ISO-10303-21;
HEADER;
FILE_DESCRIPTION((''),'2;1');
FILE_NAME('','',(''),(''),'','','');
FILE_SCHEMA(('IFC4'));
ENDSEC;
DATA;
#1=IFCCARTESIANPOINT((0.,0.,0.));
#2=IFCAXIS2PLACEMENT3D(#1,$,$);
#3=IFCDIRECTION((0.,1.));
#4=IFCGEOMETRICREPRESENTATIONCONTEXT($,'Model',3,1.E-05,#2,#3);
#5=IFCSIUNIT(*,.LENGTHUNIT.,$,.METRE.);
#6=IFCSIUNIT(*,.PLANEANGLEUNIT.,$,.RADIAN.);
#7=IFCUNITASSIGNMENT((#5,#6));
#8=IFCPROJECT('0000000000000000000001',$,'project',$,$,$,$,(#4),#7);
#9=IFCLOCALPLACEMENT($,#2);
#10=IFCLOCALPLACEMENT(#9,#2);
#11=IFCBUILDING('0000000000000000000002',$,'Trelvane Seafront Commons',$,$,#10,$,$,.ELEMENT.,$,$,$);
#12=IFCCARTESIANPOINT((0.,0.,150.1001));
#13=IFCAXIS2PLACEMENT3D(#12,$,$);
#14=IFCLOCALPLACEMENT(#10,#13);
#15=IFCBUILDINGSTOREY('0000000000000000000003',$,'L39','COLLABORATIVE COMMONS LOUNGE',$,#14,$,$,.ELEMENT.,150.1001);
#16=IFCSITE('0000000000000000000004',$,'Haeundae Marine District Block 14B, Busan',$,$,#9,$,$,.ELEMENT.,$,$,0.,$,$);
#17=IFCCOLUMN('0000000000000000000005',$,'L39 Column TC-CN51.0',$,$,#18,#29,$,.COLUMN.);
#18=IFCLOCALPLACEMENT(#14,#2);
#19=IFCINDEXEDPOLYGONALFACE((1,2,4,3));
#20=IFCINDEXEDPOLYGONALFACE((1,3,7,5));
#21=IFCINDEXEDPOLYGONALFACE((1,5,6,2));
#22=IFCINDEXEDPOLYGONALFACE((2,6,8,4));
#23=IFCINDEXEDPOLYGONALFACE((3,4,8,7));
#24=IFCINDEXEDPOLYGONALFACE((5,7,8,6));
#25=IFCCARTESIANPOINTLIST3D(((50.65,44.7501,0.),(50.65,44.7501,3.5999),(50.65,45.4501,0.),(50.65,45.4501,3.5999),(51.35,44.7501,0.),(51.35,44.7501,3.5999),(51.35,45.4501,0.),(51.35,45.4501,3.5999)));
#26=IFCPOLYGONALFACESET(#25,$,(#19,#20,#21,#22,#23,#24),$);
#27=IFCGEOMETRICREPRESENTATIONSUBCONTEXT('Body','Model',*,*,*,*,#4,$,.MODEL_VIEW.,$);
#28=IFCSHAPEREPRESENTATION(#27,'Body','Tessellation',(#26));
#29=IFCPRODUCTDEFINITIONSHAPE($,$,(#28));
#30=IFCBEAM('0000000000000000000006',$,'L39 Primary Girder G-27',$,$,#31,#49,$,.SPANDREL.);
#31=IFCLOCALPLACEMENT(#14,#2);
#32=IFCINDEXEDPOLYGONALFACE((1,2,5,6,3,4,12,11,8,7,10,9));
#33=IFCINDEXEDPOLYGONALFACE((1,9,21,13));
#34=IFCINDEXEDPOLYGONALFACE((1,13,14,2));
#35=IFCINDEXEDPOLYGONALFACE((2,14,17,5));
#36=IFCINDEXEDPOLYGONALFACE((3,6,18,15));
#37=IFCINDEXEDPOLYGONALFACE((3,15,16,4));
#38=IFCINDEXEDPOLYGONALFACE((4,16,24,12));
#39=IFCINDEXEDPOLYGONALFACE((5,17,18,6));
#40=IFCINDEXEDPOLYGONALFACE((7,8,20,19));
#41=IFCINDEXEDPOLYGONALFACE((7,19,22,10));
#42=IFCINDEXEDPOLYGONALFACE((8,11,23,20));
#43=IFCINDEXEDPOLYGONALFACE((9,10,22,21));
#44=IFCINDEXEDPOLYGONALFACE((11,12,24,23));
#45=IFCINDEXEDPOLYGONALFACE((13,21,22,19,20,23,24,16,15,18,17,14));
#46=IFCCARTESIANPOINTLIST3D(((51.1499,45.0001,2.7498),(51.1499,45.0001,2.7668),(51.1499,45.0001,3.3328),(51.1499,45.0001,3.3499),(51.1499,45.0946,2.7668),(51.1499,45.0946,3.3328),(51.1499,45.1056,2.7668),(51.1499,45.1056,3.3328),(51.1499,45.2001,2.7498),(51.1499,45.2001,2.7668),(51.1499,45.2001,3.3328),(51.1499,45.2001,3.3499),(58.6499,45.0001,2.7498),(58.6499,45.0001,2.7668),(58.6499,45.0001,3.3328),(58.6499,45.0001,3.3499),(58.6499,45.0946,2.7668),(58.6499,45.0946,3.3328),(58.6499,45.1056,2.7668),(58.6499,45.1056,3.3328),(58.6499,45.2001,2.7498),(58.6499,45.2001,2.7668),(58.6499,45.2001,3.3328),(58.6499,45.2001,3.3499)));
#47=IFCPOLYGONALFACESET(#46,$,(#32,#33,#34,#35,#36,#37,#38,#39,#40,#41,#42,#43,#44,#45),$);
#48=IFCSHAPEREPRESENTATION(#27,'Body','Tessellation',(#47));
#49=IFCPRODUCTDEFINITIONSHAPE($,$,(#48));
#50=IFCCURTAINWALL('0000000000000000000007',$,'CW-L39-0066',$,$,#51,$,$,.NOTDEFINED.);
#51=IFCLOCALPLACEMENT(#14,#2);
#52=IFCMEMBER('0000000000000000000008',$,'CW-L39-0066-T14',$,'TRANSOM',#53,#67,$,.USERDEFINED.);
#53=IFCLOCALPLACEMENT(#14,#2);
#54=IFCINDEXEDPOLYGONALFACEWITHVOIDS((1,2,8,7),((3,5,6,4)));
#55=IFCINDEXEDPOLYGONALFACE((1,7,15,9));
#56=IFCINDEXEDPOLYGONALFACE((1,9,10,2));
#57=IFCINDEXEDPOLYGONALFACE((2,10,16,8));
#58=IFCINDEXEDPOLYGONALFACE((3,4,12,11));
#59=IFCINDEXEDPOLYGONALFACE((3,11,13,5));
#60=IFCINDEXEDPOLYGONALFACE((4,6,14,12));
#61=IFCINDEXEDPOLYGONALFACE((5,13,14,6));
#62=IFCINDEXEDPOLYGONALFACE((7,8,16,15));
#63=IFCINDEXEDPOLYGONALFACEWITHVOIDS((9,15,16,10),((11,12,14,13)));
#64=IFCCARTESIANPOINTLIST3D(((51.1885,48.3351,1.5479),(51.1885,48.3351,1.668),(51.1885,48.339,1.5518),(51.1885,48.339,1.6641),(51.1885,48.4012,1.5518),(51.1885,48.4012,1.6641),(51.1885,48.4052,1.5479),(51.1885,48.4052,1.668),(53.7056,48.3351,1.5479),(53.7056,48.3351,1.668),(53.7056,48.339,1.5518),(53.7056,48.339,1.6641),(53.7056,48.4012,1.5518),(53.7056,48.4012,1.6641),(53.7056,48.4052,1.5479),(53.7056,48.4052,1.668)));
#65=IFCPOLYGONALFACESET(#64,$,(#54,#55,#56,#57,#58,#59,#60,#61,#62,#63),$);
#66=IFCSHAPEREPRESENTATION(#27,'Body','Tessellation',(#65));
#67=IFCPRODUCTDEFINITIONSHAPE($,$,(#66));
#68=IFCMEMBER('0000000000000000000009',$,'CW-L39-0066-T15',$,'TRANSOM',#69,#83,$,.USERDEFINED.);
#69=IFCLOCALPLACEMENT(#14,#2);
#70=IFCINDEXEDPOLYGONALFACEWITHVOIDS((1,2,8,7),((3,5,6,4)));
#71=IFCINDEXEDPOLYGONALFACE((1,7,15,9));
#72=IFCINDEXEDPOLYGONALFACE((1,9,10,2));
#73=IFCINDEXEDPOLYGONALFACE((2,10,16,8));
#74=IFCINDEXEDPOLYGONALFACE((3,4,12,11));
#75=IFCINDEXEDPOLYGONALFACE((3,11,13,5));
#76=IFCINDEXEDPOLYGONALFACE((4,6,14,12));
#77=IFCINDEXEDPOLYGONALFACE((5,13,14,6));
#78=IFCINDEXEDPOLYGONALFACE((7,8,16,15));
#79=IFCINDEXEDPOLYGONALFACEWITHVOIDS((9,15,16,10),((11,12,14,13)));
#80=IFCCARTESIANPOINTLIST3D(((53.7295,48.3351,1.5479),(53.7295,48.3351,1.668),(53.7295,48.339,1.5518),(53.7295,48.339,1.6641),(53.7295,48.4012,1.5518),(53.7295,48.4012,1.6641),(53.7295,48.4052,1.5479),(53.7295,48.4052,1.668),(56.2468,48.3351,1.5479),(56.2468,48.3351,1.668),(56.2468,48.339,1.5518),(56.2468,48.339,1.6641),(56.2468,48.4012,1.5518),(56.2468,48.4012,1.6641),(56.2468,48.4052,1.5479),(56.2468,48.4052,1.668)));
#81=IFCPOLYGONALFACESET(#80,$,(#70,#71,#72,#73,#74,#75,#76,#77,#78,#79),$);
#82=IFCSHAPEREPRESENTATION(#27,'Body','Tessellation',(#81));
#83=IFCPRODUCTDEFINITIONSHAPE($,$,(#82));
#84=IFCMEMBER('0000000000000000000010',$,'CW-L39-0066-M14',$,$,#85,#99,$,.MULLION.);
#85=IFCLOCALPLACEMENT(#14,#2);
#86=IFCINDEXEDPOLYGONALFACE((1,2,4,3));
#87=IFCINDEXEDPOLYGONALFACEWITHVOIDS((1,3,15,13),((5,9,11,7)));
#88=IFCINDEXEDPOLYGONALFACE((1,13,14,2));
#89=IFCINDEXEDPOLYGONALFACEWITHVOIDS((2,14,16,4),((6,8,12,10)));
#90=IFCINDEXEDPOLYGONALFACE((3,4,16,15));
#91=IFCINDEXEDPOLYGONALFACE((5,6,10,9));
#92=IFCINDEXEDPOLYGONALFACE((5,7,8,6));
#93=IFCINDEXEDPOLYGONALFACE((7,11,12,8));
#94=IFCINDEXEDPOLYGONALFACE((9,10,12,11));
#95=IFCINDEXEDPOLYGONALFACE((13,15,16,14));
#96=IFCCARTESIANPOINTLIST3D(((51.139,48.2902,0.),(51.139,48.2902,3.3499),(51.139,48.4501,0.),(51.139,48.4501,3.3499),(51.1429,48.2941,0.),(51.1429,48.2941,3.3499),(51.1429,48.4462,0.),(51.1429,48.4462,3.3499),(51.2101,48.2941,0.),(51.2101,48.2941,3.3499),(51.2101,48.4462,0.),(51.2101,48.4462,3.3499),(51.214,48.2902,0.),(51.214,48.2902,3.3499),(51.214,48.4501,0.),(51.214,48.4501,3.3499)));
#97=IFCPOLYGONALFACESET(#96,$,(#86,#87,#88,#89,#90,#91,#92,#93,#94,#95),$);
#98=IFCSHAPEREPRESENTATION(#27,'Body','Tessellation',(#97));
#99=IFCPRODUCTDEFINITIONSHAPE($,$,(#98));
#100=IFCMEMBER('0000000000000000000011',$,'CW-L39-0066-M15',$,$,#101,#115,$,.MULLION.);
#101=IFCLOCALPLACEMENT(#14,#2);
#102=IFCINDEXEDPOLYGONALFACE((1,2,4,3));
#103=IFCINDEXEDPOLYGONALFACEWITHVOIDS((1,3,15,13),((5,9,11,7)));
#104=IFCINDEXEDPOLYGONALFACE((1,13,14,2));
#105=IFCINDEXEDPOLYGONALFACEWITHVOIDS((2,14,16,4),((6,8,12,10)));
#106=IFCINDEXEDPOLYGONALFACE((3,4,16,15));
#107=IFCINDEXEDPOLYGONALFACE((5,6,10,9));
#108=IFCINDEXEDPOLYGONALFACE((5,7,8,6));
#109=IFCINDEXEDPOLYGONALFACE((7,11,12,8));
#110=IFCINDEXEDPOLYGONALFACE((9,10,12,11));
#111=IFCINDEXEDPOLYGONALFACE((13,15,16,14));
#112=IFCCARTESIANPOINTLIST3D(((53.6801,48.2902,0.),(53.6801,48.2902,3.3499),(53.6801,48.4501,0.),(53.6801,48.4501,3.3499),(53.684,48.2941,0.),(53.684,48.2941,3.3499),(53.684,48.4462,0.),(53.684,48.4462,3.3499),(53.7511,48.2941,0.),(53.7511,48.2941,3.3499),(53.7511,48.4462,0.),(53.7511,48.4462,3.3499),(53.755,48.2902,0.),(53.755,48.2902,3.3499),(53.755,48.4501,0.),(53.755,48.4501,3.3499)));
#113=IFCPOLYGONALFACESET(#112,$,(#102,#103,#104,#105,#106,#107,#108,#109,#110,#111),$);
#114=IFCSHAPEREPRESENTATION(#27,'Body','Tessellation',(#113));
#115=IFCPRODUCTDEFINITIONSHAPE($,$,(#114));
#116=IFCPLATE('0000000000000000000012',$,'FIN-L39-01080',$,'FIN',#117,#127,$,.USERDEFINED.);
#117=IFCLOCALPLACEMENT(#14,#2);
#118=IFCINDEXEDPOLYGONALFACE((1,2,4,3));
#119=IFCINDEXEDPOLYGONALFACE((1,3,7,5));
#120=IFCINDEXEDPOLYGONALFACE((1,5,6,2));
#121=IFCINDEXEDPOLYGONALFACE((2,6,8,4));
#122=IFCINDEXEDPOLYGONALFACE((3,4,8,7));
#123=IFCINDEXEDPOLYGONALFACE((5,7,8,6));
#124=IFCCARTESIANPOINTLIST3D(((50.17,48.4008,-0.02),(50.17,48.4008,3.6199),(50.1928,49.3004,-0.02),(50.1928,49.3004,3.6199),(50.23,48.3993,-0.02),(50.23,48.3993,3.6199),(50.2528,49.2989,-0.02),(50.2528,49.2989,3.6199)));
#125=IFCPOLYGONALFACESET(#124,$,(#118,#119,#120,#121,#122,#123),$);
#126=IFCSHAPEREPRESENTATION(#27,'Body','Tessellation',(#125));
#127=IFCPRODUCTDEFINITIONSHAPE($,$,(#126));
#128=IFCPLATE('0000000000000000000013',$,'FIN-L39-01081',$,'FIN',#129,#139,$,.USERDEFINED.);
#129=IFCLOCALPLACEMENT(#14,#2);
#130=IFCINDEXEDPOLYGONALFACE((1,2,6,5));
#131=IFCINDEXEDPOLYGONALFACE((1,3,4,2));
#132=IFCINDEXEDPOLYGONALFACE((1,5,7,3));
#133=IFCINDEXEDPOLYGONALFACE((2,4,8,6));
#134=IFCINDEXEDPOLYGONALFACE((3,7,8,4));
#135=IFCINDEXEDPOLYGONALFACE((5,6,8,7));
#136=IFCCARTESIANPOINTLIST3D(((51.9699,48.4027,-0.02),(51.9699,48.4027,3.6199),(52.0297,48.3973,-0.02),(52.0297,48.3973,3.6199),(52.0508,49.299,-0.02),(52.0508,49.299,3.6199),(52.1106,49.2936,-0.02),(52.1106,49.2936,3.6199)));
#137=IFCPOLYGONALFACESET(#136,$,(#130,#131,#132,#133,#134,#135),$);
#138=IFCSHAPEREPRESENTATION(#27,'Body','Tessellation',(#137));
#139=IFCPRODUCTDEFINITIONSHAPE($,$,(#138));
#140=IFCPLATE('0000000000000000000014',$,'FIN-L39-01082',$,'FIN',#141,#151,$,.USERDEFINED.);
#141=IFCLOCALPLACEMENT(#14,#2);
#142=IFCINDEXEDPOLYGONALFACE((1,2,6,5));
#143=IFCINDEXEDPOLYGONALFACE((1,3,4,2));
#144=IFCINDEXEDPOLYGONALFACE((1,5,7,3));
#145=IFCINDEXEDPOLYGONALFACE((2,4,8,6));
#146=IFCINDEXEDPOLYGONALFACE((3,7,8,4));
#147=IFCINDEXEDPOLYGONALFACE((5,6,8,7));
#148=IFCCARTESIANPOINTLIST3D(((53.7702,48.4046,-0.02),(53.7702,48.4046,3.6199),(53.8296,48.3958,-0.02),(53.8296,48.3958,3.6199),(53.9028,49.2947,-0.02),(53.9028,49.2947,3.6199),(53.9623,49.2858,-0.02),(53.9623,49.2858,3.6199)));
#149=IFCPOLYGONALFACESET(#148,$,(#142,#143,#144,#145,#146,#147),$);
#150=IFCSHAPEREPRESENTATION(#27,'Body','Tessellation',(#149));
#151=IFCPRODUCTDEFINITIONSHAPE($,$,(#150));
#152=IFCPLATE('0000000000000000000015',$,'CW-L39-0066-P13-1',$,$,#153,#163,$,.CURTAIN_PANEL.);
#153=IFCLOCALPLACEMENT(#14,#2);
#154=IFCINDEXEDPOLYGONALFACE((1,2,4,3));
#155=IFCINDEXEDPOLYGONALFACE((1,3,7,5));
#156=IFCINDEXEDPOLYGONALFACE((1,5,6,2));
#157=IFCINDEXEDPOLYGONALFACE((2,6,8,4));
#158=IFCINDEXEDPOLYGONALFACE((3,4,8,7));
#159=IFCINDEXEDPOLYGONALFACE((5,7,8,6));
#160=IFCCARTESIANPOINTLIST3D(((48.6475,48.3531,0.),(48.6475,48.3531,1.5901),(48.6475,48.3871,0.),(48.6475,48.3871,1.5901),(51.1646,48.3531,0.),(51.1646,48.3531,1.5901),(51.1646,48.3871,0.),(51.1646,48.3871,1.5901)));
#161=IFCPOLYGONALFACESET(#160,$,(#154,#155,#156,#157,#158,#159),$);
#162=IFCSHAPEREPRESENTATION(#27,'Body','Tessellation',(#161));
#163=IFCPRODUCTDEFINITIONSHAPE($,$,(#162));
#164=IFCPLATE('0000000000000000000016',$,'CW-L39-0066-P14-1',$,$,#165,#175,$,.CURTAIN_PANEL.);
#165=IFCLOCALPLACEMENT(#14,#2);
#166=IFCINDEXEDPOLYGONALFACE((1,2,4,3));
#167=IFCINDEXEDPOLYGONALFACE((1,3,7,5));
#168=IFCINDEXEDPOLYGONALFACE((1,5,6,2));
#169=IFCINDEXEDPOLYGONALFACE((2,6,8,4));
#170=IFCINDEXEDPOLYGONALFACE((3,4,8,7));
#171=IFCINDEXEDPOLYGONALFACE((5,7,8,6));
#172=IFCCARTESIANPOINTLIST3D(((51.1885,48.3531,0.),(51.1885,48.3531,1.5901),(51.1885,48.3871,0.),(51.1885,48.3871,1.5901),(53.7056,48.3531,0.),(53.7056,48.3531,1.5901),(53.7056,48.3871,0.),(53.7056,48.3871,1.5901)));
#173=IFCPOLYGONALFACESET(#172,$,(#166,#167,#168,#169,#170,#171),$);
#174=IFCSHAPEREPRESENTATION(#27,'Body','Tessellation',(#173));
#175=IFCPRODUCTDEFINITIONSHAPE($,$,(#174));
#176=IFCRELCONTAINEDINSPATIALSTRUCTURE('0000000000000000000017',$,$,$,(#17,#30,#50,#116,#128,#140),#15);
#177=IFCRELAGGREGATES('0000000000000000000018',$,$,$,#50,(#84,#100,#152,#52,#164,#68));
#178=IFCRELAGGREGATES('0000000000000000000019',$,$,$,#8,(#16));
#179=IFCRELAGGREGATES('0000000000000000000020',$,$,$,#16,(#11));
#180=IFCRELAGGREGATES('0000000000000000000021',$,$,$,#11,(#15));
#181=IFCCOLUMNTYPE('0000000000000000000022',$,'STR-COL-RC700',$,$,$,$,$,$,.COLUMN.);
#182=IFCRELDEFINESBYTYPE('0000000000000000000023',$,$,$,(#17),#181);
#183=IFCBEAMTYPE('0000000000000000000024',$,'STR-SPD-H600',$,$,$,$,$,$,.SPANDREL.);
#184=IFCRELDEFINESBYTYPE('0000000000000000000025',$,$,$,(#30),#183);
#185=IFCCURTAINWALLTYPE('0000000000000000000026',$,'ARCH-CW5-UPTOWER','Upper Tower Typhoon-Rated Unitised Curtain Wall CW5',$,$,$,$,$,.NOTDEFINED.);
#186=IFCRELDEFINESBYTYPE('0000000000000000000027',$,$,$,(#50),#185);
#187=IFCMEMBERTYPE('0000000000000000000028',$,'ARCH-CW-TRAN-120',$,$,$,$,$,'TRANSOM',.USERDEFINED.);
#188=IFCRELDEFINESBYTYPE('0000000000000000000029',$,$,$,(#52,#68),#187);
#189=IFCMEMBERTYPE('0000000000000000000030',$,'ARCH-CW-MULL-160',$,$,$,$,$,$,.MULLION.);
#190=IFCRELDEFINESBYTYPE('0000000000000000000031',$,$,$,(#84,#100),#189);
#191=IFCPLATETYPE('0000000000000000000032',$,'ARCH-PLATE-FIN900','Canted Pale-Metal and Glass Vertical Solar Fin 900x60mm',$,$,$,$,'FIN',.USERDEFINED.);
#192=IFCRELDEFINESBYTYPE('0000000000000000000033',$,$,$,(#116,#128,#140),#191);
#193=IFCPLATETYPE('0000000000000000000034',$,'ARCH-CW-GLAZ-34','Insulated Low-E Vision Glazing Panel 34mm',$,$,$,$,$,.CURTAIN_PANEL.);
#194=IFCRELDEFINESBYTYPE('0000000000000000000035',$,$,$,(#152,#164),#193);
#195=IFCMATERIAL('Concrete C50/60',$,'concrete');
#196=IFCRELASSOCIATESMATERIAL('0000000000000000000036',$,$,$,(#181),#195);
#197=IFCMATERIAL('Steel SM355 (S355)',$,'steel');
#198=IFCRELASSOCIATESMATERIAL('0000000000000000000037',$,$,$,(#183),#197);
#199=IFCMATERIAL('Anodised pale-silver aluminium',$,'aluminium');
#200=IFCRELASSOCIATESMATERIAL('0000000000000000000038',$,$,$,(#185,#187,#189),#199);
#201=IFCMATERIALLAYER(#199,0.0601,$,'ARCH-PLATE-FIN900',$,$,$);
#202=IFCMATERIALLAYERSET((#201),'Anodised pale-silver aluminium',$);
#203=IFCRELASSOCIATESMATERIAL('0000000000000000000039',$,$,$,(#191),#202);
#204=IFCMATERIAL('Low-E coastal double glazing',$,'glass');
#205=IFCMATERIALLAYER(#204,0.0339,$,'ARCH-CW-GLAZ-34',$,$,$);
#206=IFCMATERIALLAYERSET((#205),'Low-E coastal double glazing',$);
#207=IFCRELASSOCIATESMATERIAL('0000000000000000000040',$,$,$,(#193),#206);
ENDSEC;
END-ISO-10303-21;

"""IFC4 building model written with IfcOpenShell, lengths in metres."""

from ifc_helpers import new_model, si_unit, direction, frame, origin, origin_2d, place, context, subcontext, project, spatial, rectangle, hollow_rectangle, i_section, extrude, source, transform, mapped, material, layer, layer_set, material_profile, profile_set, type_object, element, aggregate, save


model = new_model("IFC4")

# Units and contexts
model_context = context("Model", 3, precision=1e-05, world=origin(), true_north=direction((0.0, 1.0)))
body_context = subcontext(model_context, "Body", "Model", "MODEL_VIEW")
ifc_project = project(units=[si_unit("LENGTHUNIT", "METRE"), si_unit("PLANEANGLEUNIT", "RADIAN")], contexts=[model_context])

# Site, building, storey
site_placement = place(None, origin())
site = spatial("IfcSite", under=ifc_project, at=site_placement, Name="Haeundae Marine District Block 14B, Busan", CompositionType="ELEMENT", RefElevation=0.0)
building_placement = place(site_placement, origin())
building = spatial("IfcBuilding", under=site, at=building_placement, Name="Trelvane Seafront Commons", CompositionType="ELEMENT")
storey_placement = place(building_placement, frame((0.0, 0.0, 150.1001)))
storey = spatial("IfcBuildingStorey", under=building, at=storey_placement, Name="L39", Description="COLLABORATIVE COMMONS LOUNGE", CompositionType="ELEMENT", Elevation=150.1001)

# Column
ifc_material_1 = material(Name="Concrete C50/60", Category="concrete")
ifc_material_profile_1 = material_profile(ifc_material_1, rectangle(XDim=0.7, YDim=0.7, at=origin_2d()), Name="RC-700x700")
ifc_profile_set_1 = profile_set([ifc_material_profile_1], Name="Concrete C50/60")
column_type = type_object("IfcColumnType", Name="STR-COL-RC700", PredefinedType="COLUMN", material=ifc_profile_set_1)
shared_shape_1 = source(origin(), body_context, "Body", "SweptSolid", [
    extrude(rectangle(XDim=0.7, YDim=0.7, at=origin_2d()), origin(), (0.0, 0.0, 1.0), 3.5999),
])
column_placement = place(storey_placement, frame((51.0, 45.1001, 0.0), z_axis=(0.0, 0.0, 1.0), x_axis=(1.0, 0.0, 0.0)))
element("IfcColumn", 1, at=column_placement, inside=storey, type_object=column_type, Name="L39 Column TC-CN51.0", PredefinedType="COLUMN", context=body_context, shape_type="MappedRepresentation", body=[
    mapped(shared_shape_1, transform((0.0, 0.0, 0.0), x_axis=(1.0, 0.0, 0.0), y_axis=(0.0, 1.0, 0.0), z_axis=(0.0, 0.0, 1.0), scale=1.0)),
])

# Beam
ifc_material_2 = material(Name="Steel SM355 (S355)", Category="steel")
ifc_material_profile_2 = material_profile(ifc_material_2, i_section(OverallWidth=0.2, OverallDepth=0.6001, WebThickness=0.011, FlangeThickness=0.0171, at=origin_2d()), Name="H-600x200x11x17")
ifc_profile_set_2 = profile_set([ifc_material_profile_2], Name="Steel SM355 (S355)")
beam_type = type_object("IfcBeamType", Name="STR-SPD-H600", PredefinedType="SPANDREL", material=ifc_profile_set_2)
shared_shape_2 = source(origin(), body_context, "Body", "SweptSolid", [
    extrude(i_section(OverallWidth=0.2, OverallDepth=0.6001, WebThickness=0.011, FlangeThickness=0.0171, at=origin_2d()), origin(), (0.0, 0.0, 1.0), 7.5),
])
beam_placement = place(storey_placement, frame((51.1499, 45.1001, 3.0498), z_axis=(1.0, 0.0, 0.0), x_axis=(0.0, 1.0, 0.0)))
element("IfcBeam", 2, at=beam_placement, inside=storey, type_object=beam_type, Name="L39 Primary Girder G-27", PredefinedType="SPANDREL", context=body_context, shape_type="MappedRepresentation", body=[
    mapped(shared_shape_2, transform((0.0, 0.0, 0.0), x_axis=(1.0, 0.0, 0.0), y_axis=(0.0, 1.0, 0.0), z_axis=(0.0, 0.0, 1.0), scale=1.0)),
])

# Curtain wall, members
ifc_material_3 = material(Name="Anodised pale-silver aluminium", Category="aluminium")
curtain_wall_type = type_object("IfcCurtainWallType", Name="ARCH-CW5-UPTOWER", Description="Upper Tower Typhoon-Rated Unitised Curtain Wall CW5", PredefinedType="NOTDEFINED", material=ifc_material_3)
curtain_wall_placement = place(storey_placement, origin())
curtain_wall = element("IfcCurtainWall", 3, at=curtain_wall_placement, inside=storey, type_object=curtain_wall_type, Name="CW-L39-0066", PredefinedType="NOTDEFINED")
ifc_material_profile_3 = material_profile(ifc_material_3, hollow_rectangle(XDim=0.0701, YDim=0.1201, WallThickness=0.0039, at=origin_2d()), Name="TRAN-70x120x4")
ifc_profile_set_3 = profile_set([ifc_material_profile_3], Name="Anodised pale-silver aluminium")
member_type_1 = type_object("IfcMemberType", Name="ARCH-CW-TRAN-120", ElementType="TRANSOM", PredefinedType="USERDEFINED", material=ifc_profile_set_3)
shared_shape_3 = source(origin(), body_context, "Body", "SweptSolid", [
    extrude(hollow_rectangle(XDim=0.0701, YDim=0.1201, WallThickness=0.0039, at=origin_2d()), origin(), (0.0, 0.0, 1.0), 2.5171),
])
member_1_placement = place(storey_placement, frame((51.1885, 48.3701, 1.6079), z_axis=(1.0, 0.0, 0.0), x_axis=(0.0, 1.0, 0.0)))
member_1 = element("IfcMember", 4, at=member_1_placement, type_object=member_type_1, Name="CW-L39-0066-T14", ObjectType="TRANSOM", PredefinedType="USERDEFINED", context=body_context, shape_type="MappedRepresentation", body=[
    mapped(shared_shape_3, transform((0.0, 0.0, 0.0), x_axis=(1.0, 0.0, 0.0), y_axis=(0.0, 1.0, 0.0), z_axis=(0.0, 0.0, 1.0), scale=1.0)),
])
shared_shape_4 = source(origin(), body_context, "Body", "SweptSolid", [
    extrude(hollow_rectangle(XDim=0.0701, YDim=0.1201, WallThickness=0.0039, at=origin_2d()), origin(), (0.0, 0.0, 1.0), 2.5173),
])
member_2_placement = place(storey_placement, frame((53.7295, 48.3701, 1.6079), z_axis=(1.0, 0.0, 0.0), x_axis=(0.0, 1.0, 0.0)))
member_2 = element("IfcMember", 5, at=member_2_placement, type_object=member_type_1, Name="CW-L39-0066-T15", ObjectType="TRANSOM", PredefinedType="USERDEFINED", context=body_context, shape_type="MappedRepresentation", body=[
    mapped(shared_shape_4, transform((0.0, 0.0, 0.0), x_axis=(1.0, 0.0, 0.0), y_axis=(0.0, 1.0, 0.0), z_axis=(0.0, 0.0, 1.0), scale=1.0)),
])
ifc_material_profile_4 = material_profile(ifc_material_3, hollow_rectangle(XDim=0.075, YDim=0.1599, WallThickness=0.0039, at=origin_2d()), Name="MULL-75x160x4")
ifc_profile_set_4 = profile_set([ifc_material_profile_4], Name="Anodised pale-silver aluminium")
member_type_2 = type_object("IfcMemberType", Name="ARCH-CW-MULL-160", PredefinedType="MULLION", material=ifc_profile_set_4)
shared_shape_5 = source(origin(), body_context, "Body", "SweptSolid", [
    extrude(hollow_rectangle(XDim=0.075, YDim=0.1599, WallThickness=0.0039, at=origin_2d()), origin(), (0.0, 0.0, 1.0), 3.3499),
])
member_3_placement = place(storey_placement, frame((51.1765, 48.3701, 0.0), z_axis=(0.0, 0.0, 1.0), x_axis=(1.0, 0.0, 0.0)))
member_3 = element("IfcMember", 6, at=member_3_placement, type_object=member_type_2, Name="CW-L39-0066-M14", PredefinedType="MULLION", context=body_context, shape_type="MappedRepresentation", body=[
    mapped(shared_shape_5, transform((0.0, 0.0, 0.0), x_axis=(1.0, 0.0, 0.0), y_axis=(0.0, 1.0, 0.0), z_axis=(0.0, 0.0, 1.0), scale=1.0)),
])
member_4_placement = place(storey_placement, frame((53.7175, 48.3701, 0.0), z_axis=(0.0, 0.0, 1.0), x_axis=(1.0, 0.0, 0.0)))
member_4 = element("IfcMember", 7, at=member_4_placement, type_object=member_type_2, Name="CW-L39-0066-M15", PredefinedType="MULLION", context=body_context, shape_type="MappedRepresentation", body=[
    mapped(shared_shape_5, transform((0.0, 0.0, 0.0), x_axis=(1.0, 0.0, 0.0), y_axis=(0.0, 1.0, 0.0), z_axis=(0.0, 0.0, 1.0), scale=1.0)),
])

# Plates
ifc_layer_1 = layer(ifc_material_3, 0.0601, Name="ARCH-PLATE-FIN900")
ifc_layer_set_1 = layer_set([ifc_layer_1], Name="Anodised pale-silver aluminium")
plate_type_1 = type_object("IfcPlateType", Name="ARCH-PLATE-FIN900", Description="Canted Pale-Metal and Glass Vertical Solar Fin 900x60mm", ElementType="FIN", PredefinedType="USERDEFINED", material=ifc_layer_set_1)
shared_shape_6 = source(origin(), body_context, "Body", "SweptSolid", [
    extrude(rectangle(XDim=0.8999, YDim=0.0601, at=origin_2d()), origin(), (0.0, 0.0, 1.0), 3.6399),
])
for number, where, z_axis, x_axis, name in (
    (8, (50.2114, 48.8499, -0.02), (0.0, 0.0, 1.0), (0.025334, 0.999679, 0.0), "FIN-L39-01080"),
    (9, (52.0403, 48.8481, -0.02), (0.0, 0.0, 1.0), (0.089885, 0.995952, 0.0), "FIN-L39-01081"),
    (10, (53.8662, 48.8452, -0.02), (0.0, 0.0, 1.0), (0.147438, 0.989071, 0.0), "FIN-L39-01082"),
):
    element("IfcPlate", number, at=place(storey_placement, frame(where, z_axis=z_axis, x_axis=x_axis)), inside=storey, type_object=plate_type_1, Name=name, ObjectType="FIN", PredefinedType="USERDEFINED", context=body_context, shape_type="MappedRepresentation", body=[
        mapped(shared_shape_6, transform((0.0, 0.0, 0.0), x_axis=(1.0, 0.0, 0.0), y_axis=(0.0, 1.0, 0.0), z_axis=(0.0, 0.0, 1.0), scale=1.0)),
    ])

# Plates
ifc_material_4 = material(Name="Low-E coastal double glazing", Category="glass")
ifc_layer_2 = layer(ifc_material_4, 0.0339, Name="ARCH-CW-GLAZ-34")
ifc_layer_set_2 = layer_set([ifc_layer_2], Name="Low-E coastal double glazing")
plate_type_2 = type_object("IfcPlateType", Name="ARCH-CW-GLAZ-34", Description="Insulated Low-E Vision Glazing Panel 34mm", PredefinedType="CURTAIN_PANEL", material=ifc_layer_set_2)
shared_shape_7 = source(origin(), body_context, "Body", "SweptSolid", [
    extrude(rectangle(XDim=2.5171, YDim=0.0339, at=origin_2d()), origin(), (0.0, 0.0, 1.0), 1.5901),
])
plate_1_placement = place(storey_placement, frame((49.906, 48.3701, 0.0), z_axis=(0.0, 0.0, 1.0), x_axis=(1.0, 0.0, 0.0)))
plate_1 = element("IfcPlate", 11, at=plate_1_placement, type_object=plate_type_2, Name="CW-L39-0066-P13-1", PredefinedType="CURTAIN_PANEL", context=body_context, shape_type="MappedRepresentation", body=[
    mapped(shared_shape_7, transform((0.0, 0.0, 0.0), x_axis=(1.0, 0.0, 0.0), y_axis=(0.0, 1.0, 0.0), z_axis=(0.0, 0.0, 1.0), scale=1.0)),
])
plate_2_placement = place(storey_placement, frame((52.447, 48.3701, 0.0), z_axis=(0.0, 0.0, 1.0), x_axis=(1.0, 0.0, 0.0)))
plate_2 = element("IfcPlate", 12, at=plate_2_placement, type_object=plate_type_2, Name="CW-L39-0066-P14-1", PredefinedType="CURTAIN_PANEL", context=body_context, shape_type="MappedRepresentation", body=[
    mapped(shared_shape_7, transform((0.0, 0.0, 0.0), x_axis=(1.0, 0.0, 0.0), y_axis=(0.0, 1.0, 0.0), z_axis=(0.0, 0.0, 1.0), scale=1.0)),
])
aggregate(curtain_wall, [member_3, member_4, plate_1, member_1, plate_2, member_2])

save(model, "model.ifc")
